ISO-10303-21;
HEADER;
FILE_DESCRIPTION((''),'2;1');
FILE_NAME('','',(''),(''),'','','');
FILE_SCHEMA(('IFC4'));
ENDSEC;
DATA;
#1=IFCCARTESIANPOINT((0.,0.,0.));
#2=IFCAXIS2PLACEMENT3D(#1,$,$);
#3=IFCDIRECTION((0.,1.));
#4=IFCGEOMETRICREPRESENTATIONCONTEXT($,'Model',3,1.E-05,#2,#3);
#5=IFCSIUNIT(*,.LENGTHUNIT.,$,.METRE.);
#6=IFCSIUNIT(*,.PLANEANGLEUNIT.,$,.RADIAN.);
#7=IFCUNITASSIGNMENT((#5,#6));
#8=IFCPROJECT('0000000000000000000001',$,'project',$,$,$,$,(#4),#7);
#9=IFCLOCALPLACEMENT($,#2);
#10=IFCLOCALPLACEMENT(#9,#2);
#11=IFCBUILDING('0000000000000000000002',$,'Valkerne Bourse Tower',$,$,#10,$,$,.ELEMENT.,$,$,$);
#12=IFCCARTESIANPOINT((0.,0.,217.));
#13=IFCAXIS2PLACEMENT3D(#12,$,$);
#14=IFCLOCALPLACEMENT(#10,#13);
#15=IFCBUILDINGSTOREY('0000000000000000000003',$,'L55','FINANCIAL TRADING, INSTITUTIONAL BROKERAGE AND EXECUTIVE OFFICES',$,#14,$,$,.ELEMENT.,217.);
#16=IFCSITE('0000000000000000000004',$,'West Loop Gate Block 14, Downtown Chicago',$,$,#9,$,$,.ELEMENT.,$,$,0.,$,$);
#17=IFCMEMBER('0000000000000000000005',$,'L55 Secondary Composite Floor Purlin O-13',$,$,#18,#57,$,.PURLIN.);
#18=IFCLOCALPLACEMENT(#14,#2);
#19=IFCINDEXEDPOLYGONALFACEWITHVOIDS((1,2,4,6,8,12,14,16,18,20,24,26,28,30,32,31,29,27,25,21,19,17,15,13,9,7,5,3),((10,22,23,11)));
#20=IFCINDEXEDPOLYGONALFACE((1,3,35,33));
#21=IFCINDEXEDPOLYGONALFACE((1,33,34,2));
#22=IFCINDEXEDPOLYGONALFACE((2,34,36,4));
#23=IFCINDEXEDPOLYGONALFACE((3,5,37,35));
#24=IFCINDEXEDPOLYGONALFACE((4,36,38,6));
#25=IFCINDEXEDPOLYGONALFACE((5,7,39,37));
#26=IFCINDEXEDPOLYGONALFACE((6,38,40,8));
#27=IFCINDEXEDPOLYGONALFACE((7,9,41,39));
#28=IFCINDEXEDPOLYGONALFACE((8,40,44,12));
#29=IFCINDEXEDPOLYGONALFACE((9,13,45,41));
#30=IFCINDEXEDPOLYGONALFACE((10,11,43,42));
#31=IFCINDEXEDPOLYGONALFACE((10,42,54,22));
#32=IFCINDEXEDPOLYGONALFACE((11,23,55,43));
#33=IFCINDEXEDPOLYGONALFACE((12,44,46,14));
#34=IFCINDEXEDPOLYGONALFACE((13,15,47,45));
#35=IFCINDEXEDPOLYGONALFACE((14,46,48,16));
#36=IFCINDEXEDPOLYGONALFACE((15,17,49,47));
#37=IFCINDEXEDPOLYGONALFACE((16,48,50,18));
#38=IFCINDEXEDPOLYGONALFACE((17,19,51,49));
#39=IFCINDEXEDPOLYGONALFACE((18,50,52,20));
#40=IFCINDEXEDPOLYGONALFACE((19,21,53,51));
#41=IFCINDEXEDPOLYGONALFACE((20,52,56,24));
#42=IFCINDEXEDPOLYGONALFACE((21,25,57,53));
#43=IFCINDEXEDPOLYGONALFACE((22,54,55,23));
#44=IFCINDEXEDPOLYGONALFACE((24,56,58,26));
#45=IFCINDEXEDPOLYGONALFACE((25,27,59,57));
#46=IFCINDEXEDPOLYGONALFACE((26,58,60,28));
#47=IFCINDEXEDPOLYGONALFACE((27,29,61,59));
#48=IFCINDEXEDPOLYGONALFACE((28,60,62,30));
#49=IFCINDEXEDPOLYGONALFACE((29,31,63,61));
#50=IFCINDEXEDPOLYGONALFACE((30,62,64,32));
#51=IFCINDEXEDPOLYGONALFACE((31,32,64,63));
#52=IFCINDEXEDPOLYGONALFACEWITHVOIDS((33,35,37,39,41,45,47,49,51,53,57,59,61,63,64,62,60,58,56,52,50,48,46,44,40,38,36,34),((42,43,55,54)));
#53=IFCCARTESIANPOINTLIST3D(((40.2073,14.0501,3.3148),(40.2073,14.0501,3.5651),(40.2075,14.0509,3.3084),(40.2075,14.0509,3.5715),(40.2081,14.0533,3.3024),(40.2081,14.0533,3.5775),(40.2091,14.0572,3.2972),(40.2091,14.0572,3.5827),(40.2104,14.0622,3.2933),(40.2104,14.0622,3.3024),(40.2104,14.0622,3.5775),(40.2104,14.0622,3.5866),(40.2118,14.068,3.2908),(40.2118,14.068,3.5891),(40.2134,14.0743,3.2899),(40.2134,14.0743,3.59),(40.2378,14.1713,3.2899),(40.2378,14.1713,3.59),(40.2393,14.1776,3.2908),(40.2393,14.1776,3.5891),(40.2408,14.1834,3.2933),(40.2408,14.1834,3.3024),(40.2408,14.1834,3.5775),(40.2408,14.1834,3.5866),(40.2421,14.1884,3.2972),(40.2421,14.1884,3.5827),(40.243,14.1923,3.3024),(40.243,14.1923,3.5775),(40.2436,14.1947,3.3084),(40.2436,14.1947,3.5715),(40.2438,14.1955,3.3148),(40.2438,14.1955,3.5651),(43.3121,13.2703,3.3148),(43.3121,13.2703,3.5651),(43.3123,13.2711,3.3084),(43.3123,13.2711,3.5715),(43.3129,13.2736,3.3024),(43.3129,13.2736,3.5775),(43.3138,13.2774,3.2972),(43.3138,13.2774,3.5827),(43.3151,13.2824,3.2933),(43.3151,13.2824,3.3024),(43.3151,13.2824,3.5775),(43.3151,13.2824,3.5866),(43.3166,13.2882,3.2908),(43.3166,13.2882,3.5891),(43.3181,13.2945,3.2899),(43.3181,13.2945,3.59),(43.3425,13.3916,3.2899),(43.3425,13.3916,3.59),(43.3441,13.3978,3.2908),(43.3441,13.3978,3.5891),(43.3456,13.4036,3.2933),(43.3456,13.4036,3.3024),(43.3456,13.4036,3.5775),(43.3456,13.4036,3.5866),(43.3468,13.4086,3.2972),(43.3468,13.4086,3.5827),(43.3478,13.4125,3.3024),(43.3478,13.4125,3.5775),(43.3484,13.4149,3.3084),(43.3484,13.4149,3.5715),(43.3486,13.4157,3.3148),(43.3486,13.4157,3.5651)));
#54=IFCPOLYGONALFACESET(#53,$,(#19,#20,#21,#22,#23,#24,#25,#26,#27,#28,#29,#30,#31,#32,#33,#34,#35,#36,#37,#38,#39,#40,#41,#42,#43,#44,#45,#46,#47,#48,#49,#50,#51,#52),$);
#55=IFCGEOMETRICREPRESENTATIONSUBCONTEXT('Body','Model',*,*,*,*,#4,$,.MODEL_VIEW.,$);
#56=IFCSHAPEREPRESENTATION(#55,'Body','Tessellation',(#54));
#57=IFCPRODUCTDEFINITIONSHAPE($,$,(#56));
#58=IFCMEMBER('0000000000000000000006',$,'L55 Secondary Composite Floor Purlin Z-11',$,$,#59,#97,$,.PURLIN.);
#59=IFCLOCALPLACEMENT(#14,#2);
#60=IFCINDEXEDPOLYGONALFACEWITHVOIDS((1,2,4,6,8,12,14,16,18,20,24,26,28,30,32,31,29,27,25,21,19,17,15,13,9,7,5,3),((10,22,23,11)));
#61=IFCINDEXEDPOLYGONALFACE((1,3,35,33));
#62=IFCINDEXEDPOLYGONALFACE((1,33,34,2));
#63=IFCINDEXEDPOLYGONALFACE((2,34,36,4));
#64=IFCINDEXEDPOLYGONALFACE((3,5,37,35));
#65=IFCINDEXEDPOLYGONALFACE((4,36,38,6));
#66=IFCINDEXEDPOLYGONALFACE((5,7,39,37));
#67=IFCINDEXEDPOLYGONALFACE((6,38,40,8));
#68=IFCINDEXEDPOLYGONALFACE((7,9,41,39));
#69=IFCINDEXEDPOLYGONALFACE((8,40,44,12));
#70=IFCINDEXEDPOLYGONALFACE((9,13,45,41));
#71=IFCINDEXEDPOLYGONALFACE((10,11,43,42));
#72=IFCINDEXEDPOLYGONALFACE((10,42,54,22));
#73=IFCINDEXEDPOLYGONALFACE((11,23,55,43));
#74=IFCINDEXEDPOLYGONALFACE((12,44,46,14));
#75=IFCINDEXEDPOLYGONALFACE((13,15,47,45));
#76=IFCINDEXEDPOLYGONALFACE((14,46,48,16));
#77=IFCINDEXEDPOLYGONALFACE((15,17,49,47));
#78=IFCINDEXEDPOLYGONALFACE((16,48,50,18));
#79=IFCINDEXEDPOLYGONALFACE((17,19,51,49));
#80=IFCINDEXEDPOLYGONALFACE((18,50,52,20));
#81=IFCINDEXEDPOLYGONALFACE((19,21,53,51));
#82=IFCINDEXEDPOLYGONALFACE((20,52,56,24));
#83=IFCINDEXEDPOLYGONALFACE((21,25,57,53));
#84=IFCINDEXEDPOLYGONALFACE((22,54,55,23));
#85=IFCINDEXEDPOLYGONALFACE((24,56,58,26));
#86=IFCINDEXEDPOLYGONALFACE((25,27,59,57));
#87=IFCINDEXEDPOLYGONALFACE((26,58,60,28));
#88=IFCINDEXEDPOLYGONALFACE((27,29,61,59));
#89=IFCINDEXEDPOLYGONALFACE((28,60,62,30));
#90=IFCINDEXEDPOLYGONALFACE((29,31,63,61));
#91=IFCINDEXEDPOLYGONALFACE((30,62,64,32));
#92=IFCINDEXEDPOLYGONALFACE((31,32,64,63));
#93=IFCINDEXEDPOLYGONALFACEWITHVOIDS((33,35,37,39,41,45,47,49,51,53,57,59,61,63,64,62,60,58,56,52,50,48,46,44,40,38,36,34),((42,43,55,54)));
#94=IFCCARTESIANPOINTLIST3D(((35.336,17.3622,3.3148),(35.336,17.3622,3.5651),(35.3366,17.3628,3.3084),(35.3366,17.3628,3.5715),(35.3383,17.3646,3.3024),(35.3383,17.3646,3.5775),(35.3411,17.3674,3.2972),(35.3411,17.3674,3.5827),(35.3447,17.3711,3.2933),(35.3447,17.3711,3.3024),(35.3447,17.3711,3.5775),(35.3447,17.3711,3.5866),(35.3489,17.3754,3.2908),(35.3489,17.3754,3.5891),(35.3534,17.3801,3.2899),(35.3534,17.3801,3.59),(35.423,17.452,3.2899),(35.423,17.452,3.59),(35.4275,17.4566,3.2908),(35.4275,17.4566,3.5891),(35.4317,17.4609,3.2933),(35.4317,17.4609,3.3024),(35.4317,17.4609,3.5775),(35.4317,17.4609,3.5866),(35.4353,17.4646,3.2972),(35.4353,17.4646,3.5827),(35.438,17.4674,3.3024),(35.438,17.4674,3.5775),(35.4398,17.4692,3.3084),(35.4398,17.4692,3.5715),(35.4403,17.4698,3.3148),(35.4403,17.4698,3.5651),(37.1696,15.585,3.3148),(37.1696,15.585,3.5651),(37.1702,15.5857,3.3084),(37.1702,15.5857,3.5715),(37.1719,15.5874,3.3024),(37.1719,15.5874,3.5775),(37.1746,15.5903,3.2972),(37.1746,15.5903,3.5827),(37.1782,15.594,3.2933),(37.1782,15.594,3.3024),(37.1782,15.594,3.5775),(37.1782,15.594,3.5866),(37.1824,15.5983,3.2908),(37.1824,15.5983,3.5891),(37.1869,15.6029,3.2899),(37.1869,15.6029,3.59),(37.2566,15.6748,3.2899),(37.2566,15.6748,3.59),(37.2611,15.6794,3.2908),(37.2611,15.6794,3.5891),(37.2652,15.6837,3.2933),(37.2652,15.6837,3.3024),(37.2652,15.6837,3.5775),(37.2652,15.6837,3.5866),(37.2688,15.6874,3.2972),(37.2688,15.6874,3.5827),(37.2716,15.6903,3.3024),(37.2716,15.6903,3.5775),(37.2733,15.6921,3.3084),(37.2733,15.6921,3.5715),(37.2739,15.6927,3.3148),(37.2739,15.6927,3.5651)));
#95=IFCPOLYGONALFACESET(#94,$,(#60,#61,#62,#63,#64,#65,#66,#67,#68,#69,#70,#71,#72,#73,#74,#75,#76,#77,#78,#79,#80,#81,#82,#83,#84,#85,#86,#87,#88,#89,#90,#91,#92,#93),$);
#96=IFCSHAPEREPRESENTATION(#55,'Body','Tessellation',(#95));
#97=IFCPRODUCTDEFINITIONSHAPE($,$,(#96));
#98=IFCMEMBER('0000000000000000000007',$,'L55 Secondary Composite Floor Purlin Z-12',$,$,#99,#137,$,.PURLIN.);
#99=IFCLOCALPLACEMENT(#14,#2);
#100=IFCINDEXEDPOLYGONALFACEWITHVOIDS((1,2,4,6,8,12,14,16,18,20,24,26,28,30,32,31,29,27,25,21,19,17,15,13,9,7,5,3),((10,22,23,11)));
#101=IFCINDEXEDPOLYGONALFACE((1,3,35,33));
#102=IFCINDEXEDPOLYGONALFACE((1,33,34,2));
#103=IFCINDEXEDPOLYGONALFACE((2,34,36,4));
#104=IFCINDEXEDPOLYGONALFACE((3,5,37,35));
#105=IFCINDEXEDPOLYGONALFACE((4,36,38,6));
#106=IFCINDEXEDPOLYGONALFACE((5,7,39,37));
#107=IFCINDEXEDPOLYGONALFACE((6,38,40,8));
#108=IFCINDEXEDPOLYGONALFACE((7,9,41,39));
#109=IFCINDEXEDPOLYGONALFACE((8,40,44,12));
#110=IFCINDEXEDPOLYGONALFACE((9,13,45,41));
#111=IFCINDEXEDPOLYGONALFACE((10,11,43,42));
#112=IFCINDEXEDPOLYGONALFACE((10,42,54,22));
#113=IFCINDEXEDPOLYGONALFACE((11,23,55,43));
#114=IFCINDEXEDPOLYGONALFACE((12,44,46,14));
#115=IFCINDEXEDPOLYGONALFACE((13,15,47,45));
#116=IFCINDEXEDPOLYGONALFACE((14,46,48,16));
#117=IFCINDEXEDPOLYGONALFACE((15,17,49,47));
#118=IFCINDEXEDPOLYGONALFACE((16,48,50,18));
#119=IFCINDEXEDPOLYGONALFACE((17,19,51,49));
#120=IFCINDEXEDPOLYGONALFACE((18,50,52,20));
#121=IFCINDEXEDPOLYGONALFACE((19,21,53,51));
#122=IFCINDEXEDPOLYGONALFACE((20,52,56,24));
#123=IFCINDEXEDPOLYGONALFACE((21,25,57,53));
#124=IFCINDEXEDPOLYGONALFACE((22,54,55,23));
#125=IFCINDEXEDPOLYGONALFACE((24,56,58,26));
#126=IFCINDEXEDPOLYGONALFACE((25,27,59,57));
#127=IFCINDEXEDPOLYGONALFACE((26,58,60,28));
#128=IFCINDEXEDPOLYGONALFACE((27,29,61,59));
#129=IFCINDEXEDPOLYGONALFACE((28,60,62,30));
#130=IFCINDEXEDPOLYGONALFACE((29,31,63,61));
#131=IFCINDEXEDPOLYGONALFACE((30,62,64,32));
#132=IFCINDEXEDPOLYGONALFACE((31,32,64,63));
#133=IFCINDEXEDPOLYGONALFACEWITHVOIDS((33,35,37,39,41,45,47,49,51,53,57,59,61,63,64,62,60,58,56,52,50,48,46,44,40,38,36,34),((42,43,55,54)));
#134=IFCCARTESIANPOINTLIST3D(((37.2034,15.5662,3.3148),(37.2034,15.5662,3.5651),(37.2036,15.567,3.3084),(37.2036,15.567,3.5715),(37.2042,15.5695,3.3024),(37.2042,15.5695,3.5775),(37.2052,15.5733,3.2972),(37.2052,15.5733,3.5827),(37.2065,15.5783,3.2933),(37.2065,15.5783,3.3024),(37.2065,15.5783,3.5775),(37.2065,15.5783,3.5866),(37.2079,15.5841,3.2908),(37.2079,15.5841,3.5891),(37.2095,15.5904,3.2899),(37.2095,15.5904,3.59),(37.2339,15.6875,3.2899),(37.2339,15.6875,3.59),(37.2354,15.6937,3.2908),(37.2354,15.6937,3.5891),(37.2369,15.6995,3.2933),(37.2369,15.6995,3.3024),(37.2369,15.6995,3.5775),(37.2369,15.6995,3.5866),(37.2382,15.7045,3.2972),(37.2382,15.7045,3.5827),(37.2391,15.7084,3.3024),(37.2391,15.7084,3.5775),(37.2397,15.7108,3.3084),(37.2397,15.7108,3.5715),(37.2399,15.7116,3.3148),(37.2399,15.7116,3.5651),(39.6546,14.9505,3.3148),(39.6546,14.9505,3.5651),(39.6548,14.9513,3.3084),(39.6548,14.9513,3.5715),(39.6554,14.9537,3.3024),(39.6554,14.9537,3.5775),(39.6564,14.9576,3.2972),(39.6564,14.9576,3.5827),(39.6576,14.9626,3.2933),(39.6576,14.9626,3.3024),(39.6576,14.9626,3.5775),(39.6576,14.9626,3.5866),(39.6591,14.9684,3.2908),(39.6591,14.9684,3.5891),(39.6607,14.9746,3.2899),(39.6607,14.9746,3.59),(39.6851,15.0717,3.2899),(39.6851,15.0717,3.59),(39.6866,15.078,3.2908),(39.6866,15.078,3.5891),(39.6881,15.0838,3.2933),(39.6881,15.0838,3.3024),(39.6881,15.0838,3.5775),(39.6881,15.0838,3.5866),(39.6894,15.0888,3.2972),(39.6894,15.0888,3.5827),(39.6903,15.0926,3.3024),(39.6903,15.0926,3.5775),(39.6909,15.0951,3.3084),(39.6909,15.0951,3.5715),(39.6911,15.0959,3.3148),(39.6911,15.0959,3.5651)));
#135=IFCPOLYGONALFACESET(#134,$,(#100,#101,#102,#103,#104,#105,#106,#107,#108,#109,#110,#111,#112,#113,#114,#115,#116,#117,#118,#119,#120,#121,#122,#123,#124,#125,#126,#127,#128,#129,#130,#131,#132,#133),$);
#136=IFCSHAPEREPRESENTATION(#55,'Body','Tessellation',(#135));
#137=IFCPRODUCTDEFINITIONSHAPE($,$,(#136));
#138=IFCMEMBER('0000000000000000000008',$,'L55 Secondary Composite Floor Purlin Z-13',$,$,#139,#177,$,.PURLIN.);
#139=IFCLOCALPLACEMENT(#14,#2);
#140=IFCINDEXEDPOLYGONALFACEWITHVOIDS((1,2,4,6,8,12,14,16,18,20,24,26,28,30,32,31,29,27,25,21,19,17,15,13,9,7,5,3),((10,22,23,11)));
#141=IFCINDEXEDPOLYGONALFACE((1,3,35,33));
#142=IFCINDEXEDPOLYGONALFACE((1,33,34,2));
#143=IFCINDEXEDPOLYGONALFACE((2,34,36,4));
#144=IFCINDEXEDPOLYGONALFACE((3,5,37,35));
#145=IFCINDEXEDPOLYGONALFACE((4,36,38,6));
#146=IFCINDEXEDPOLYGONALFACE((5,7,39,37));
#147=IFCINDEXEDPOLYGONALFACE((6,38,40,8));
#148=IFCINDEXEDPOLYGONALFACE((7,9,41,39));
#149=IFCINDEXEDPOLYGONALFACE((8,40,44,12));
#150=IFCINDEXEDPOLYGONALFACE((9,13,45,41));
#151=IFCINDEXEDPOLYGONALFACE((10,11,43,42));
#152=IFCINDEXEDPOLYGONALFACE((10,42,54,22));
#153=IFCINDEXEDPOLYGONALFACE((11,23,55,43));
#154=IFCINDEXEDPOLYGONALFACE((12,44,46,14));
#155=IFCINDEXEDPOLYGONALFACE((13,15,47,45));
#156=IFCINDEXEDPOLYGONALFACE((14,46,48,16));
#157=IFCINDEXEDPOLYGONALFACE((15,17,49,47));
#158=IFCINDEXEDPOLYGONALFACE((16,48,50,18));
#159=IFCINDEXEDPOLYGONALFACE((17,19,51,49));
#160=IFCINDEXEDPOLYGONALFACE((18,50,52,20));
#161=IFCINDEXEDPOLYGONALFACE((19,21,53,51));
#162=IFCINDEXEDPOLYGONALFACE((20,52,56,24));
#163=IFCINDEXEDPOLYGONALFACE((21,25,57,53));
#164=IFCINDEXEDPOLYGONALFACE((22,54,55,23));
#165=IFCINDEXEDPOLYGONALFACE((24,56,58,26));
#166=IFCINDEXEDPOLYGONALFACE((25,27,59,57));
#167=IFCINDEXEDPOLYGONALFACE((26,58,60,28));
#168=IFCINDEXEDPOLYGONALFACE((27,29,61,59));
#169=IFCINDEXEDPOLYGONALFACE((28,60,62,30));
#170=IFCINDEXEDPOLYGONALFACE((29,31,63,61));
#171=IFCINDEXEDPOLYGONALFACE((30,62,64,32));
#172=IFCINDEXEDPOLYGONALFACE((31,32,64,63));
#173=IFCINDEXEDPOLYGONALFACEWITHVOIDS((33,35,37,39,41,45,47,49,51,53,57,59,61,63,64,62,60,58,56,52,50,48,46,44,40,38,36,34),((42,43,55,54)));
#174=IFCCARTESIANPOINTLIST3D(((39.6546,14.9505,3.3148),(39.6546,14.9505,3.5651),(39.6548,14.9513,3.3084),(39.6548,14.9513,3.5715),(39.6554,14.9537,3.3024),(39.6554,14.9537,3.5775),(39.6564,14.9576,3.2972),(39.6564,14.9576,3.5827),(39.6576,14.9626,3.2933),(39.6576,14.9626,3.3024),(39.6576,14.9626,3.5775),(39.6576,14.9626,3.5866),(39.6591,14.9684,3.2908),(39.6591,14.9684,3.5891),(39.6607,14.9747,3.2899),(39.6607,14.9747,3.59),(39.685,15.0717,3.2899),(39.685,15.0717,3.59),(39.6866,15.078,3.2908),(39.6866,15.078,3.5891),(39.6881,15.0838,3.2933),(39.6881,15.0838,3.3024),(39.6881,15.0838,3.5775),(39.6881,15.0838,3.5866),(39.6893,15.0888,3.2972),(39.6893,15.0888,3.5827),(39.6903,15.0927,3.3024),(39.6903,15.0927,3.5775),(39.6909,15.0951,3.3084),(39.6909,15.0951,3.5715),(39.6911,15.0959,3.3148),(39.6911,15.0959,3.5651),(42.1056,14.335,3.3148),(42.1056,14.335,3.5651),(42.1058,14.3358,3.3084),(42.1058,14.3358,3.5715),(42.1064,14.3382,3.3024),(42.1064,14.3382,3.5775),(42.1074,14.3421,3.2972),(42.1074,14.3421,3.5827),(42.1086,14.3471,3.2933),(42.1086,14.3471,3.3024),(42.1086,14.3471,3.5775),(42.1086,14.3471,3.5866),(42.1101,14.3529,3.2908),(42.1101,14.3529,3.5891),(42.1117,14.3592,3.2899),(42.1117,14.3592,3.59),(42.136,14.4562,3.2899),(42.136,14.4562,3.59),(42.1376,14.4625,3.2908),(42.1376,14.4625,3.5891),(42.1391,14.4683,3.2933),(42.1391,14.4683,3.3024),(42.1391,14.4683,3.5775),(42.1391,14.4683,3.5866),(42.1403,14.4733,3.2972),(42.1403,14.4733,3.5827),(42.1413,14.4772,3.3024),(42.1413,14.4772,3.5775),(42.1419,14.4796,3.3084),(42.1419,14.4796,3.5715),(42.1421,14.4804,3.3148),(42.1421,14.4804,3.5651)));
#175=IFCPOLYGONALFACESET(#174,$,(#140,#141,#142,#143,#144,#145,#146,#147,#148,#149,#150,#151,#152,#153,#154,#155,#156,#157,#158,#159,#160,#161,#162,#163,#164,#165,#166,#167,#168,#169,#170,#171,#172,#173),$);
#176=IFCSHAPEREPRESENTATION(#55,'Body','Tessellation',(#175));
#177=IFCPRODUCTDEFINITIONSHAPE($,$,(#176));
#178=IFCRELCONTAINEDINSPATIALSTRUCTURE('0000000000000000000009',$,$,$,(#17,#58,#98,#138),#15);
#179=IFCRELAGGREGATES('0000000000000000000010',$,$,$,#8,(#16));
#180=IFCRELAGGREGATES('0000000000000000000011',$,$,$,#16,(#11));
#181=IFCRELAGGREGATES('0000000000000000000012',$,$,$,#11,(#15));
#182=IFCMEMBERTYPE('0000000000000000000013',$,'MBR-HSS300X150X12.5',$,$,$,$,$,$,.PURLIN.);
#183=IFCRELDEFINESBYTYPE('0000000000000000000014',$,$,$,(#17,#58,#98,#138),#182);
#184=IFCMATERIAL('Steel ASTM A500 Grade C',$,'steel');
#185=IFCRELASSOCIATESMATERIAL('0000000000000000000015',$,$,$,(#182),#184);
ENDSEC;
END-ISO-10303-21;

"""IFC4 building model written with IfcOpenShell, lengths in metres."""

from ifc_helpers import new_model, si_unit, direction, frame, origin, origin_2d, place, context, subcontext, project, spatial, hollow_rectangle, extrude, material, material_profile, profile_set, type_object, element, save


model = new_model("IFC4")

# Units and contexts
model_context = context("Model", 3, precision=1e-05, world=origin(), true_north=direction((0.0, 1.0)))
body_context = subcontext(model_context, "Body", "Model", "MODEL_VIEW")
ifc_project = project(units=[si_unit("LENGTHUNIT", "METRE"), si_unit("PLANEANGLEUNIT", "RADIAN")], contexts=[model_context])

# Site, building, storey
site_placement = place(None, origin())
site = spatial("IfcSite", under=ifc_project, at=site_placement, Name="West Loop Gate Block 14, Downtown Chicago", CompositionType="ELEMENT", RefElevation=0.0)
building_placement = place(site_placement, origin())
building = spatial("IfcBuilding", under=site, at=building_placement, Name="Valkerne Bourse Tower", CompositionType="ELEMENT")
storey_placement = place(building_placement, frame((0.0, 0.0, 217.0)))
storey = spatial("IfcBuildingStorey", under=building, at=storey_placement, Name="L55", Description="FINANCIAL TRADING, INSTITUTIONAL BROKERAGE AND EXECUTIVE OFFICES", CompositionType="ELEMENT", Elevation=217.0)

# Members
ifc_material_1 = material(Name="Steel ASTM A500 Grade C", Category="steel")
ifc_material_profile_1 = material_profile(ifc_material_1, hollow_rectangle(XDim=0.1499, YDim=0.3, WallThickness=0.0125, OuterFilletRadius=0.0249, at=origin_2d()), Name="HSS300X150X12.5")
ifc_profile_set_1 = profile_set([ifc_material_profile_1], Name="Steel ASTM A500 Grade C")
member_type_1 = type_object("IfcMemberType", Name="MBR-HSS300X150X12.5", PredefinedType="PURLIN", material=ifc_profile_set_1)
member_1_placement = place(storey_placement, frame((40.2256, 14.1228, 3.4399), z_axis=(0.969877, -0.243594, 0.0), x_axis=(0.243594, 0.969877, 0.0)))
element("IfcMember", 1, at=member_1_placement, inside=storey, type_object=member_type_1, Name="L55 Secondary Composite Floor Purlin O-13", PredefinedType="PURLIN", context=body_context, shape_type="SweptSolid", body=[
    extrude(hollow_rectangle(XDim=0.1499, YDim=0.3, WallThickness=0.0125, OuterFilletRadius=0.0249, at=origin_2d()), origin(), (0.0, 0.0, 1.0), 3.2012),
])
member_2_placement = place(storey_placement, frame((35.3882, 17.416, 3.4399), z_axis=(0.718064, -0.695977, 0.0), x_axis=(0.695977, 0.718064, 0.0)))
element("IfcMember", 2, at=member_2_placement, inside=storey, type_object=member_type_1, Name="L55 Secondary Composite Floor Purlin Z-11", PredefinedType="PURLIN", context=body_context, shape_type="SweptSolid", body=[
    extrude(hollow_rectangle(XDim=0.1499, YDim=0.3, WallThickness=0.0125, OuterFilletRadius=0.0249, at=origin_2d()), origin(), (0.0, 0.0, 1.0), 2.5535),
])
member_3_placement = place(storey_placement, frame((37.2217, 15.6389, 3.4399), z_axis=(0.969869, -0.243626, 0.0), x_axis=(0.243626, 0.969869, 0.0)))
element("IfcMember", 3, at=member_3_placement, inside=storey, type_object=member_type_1, Name="L55 Secondary Composite Floor Purlin Z-12", PredefinedType="PURLIN", context=body_context, shape_type="SweptSolid", body=[
    extrude(hollow_rectangle(XDim=0.1499, YDim=0.3, WallThickness=0.0125, OuterFilletRadius=0.0249, at=origin_2d()), origin(), (0.0, 0.0, 1.0), 2.5273),
])
member_4_placement = place(storey_placement, frame((39.6729, 15.0232, 3.4399), z_axis=(0.969886, -0.243558, 0.0), x_axis=(0.243558, 0.969886, 0.0)))
element("IfcMember", 4, at=member_4_placement, inside=storey, type_object=member_type_1, Name="L55 Secondary Composite Floor Purlin Z-13", PredefinedType="PURLIN", context=body_context, shape_type="SweptSolid", body=[
    extrude(hollow_rectangle(XDim=0.1499, YDim=0.3, WallThickness=0.0125, OuterFilletRadius=0.0249, at=origin_2d()), origin(), (0.0, 0.0, 1.0), 2.5271),
])

save(model, "model.ifc")
